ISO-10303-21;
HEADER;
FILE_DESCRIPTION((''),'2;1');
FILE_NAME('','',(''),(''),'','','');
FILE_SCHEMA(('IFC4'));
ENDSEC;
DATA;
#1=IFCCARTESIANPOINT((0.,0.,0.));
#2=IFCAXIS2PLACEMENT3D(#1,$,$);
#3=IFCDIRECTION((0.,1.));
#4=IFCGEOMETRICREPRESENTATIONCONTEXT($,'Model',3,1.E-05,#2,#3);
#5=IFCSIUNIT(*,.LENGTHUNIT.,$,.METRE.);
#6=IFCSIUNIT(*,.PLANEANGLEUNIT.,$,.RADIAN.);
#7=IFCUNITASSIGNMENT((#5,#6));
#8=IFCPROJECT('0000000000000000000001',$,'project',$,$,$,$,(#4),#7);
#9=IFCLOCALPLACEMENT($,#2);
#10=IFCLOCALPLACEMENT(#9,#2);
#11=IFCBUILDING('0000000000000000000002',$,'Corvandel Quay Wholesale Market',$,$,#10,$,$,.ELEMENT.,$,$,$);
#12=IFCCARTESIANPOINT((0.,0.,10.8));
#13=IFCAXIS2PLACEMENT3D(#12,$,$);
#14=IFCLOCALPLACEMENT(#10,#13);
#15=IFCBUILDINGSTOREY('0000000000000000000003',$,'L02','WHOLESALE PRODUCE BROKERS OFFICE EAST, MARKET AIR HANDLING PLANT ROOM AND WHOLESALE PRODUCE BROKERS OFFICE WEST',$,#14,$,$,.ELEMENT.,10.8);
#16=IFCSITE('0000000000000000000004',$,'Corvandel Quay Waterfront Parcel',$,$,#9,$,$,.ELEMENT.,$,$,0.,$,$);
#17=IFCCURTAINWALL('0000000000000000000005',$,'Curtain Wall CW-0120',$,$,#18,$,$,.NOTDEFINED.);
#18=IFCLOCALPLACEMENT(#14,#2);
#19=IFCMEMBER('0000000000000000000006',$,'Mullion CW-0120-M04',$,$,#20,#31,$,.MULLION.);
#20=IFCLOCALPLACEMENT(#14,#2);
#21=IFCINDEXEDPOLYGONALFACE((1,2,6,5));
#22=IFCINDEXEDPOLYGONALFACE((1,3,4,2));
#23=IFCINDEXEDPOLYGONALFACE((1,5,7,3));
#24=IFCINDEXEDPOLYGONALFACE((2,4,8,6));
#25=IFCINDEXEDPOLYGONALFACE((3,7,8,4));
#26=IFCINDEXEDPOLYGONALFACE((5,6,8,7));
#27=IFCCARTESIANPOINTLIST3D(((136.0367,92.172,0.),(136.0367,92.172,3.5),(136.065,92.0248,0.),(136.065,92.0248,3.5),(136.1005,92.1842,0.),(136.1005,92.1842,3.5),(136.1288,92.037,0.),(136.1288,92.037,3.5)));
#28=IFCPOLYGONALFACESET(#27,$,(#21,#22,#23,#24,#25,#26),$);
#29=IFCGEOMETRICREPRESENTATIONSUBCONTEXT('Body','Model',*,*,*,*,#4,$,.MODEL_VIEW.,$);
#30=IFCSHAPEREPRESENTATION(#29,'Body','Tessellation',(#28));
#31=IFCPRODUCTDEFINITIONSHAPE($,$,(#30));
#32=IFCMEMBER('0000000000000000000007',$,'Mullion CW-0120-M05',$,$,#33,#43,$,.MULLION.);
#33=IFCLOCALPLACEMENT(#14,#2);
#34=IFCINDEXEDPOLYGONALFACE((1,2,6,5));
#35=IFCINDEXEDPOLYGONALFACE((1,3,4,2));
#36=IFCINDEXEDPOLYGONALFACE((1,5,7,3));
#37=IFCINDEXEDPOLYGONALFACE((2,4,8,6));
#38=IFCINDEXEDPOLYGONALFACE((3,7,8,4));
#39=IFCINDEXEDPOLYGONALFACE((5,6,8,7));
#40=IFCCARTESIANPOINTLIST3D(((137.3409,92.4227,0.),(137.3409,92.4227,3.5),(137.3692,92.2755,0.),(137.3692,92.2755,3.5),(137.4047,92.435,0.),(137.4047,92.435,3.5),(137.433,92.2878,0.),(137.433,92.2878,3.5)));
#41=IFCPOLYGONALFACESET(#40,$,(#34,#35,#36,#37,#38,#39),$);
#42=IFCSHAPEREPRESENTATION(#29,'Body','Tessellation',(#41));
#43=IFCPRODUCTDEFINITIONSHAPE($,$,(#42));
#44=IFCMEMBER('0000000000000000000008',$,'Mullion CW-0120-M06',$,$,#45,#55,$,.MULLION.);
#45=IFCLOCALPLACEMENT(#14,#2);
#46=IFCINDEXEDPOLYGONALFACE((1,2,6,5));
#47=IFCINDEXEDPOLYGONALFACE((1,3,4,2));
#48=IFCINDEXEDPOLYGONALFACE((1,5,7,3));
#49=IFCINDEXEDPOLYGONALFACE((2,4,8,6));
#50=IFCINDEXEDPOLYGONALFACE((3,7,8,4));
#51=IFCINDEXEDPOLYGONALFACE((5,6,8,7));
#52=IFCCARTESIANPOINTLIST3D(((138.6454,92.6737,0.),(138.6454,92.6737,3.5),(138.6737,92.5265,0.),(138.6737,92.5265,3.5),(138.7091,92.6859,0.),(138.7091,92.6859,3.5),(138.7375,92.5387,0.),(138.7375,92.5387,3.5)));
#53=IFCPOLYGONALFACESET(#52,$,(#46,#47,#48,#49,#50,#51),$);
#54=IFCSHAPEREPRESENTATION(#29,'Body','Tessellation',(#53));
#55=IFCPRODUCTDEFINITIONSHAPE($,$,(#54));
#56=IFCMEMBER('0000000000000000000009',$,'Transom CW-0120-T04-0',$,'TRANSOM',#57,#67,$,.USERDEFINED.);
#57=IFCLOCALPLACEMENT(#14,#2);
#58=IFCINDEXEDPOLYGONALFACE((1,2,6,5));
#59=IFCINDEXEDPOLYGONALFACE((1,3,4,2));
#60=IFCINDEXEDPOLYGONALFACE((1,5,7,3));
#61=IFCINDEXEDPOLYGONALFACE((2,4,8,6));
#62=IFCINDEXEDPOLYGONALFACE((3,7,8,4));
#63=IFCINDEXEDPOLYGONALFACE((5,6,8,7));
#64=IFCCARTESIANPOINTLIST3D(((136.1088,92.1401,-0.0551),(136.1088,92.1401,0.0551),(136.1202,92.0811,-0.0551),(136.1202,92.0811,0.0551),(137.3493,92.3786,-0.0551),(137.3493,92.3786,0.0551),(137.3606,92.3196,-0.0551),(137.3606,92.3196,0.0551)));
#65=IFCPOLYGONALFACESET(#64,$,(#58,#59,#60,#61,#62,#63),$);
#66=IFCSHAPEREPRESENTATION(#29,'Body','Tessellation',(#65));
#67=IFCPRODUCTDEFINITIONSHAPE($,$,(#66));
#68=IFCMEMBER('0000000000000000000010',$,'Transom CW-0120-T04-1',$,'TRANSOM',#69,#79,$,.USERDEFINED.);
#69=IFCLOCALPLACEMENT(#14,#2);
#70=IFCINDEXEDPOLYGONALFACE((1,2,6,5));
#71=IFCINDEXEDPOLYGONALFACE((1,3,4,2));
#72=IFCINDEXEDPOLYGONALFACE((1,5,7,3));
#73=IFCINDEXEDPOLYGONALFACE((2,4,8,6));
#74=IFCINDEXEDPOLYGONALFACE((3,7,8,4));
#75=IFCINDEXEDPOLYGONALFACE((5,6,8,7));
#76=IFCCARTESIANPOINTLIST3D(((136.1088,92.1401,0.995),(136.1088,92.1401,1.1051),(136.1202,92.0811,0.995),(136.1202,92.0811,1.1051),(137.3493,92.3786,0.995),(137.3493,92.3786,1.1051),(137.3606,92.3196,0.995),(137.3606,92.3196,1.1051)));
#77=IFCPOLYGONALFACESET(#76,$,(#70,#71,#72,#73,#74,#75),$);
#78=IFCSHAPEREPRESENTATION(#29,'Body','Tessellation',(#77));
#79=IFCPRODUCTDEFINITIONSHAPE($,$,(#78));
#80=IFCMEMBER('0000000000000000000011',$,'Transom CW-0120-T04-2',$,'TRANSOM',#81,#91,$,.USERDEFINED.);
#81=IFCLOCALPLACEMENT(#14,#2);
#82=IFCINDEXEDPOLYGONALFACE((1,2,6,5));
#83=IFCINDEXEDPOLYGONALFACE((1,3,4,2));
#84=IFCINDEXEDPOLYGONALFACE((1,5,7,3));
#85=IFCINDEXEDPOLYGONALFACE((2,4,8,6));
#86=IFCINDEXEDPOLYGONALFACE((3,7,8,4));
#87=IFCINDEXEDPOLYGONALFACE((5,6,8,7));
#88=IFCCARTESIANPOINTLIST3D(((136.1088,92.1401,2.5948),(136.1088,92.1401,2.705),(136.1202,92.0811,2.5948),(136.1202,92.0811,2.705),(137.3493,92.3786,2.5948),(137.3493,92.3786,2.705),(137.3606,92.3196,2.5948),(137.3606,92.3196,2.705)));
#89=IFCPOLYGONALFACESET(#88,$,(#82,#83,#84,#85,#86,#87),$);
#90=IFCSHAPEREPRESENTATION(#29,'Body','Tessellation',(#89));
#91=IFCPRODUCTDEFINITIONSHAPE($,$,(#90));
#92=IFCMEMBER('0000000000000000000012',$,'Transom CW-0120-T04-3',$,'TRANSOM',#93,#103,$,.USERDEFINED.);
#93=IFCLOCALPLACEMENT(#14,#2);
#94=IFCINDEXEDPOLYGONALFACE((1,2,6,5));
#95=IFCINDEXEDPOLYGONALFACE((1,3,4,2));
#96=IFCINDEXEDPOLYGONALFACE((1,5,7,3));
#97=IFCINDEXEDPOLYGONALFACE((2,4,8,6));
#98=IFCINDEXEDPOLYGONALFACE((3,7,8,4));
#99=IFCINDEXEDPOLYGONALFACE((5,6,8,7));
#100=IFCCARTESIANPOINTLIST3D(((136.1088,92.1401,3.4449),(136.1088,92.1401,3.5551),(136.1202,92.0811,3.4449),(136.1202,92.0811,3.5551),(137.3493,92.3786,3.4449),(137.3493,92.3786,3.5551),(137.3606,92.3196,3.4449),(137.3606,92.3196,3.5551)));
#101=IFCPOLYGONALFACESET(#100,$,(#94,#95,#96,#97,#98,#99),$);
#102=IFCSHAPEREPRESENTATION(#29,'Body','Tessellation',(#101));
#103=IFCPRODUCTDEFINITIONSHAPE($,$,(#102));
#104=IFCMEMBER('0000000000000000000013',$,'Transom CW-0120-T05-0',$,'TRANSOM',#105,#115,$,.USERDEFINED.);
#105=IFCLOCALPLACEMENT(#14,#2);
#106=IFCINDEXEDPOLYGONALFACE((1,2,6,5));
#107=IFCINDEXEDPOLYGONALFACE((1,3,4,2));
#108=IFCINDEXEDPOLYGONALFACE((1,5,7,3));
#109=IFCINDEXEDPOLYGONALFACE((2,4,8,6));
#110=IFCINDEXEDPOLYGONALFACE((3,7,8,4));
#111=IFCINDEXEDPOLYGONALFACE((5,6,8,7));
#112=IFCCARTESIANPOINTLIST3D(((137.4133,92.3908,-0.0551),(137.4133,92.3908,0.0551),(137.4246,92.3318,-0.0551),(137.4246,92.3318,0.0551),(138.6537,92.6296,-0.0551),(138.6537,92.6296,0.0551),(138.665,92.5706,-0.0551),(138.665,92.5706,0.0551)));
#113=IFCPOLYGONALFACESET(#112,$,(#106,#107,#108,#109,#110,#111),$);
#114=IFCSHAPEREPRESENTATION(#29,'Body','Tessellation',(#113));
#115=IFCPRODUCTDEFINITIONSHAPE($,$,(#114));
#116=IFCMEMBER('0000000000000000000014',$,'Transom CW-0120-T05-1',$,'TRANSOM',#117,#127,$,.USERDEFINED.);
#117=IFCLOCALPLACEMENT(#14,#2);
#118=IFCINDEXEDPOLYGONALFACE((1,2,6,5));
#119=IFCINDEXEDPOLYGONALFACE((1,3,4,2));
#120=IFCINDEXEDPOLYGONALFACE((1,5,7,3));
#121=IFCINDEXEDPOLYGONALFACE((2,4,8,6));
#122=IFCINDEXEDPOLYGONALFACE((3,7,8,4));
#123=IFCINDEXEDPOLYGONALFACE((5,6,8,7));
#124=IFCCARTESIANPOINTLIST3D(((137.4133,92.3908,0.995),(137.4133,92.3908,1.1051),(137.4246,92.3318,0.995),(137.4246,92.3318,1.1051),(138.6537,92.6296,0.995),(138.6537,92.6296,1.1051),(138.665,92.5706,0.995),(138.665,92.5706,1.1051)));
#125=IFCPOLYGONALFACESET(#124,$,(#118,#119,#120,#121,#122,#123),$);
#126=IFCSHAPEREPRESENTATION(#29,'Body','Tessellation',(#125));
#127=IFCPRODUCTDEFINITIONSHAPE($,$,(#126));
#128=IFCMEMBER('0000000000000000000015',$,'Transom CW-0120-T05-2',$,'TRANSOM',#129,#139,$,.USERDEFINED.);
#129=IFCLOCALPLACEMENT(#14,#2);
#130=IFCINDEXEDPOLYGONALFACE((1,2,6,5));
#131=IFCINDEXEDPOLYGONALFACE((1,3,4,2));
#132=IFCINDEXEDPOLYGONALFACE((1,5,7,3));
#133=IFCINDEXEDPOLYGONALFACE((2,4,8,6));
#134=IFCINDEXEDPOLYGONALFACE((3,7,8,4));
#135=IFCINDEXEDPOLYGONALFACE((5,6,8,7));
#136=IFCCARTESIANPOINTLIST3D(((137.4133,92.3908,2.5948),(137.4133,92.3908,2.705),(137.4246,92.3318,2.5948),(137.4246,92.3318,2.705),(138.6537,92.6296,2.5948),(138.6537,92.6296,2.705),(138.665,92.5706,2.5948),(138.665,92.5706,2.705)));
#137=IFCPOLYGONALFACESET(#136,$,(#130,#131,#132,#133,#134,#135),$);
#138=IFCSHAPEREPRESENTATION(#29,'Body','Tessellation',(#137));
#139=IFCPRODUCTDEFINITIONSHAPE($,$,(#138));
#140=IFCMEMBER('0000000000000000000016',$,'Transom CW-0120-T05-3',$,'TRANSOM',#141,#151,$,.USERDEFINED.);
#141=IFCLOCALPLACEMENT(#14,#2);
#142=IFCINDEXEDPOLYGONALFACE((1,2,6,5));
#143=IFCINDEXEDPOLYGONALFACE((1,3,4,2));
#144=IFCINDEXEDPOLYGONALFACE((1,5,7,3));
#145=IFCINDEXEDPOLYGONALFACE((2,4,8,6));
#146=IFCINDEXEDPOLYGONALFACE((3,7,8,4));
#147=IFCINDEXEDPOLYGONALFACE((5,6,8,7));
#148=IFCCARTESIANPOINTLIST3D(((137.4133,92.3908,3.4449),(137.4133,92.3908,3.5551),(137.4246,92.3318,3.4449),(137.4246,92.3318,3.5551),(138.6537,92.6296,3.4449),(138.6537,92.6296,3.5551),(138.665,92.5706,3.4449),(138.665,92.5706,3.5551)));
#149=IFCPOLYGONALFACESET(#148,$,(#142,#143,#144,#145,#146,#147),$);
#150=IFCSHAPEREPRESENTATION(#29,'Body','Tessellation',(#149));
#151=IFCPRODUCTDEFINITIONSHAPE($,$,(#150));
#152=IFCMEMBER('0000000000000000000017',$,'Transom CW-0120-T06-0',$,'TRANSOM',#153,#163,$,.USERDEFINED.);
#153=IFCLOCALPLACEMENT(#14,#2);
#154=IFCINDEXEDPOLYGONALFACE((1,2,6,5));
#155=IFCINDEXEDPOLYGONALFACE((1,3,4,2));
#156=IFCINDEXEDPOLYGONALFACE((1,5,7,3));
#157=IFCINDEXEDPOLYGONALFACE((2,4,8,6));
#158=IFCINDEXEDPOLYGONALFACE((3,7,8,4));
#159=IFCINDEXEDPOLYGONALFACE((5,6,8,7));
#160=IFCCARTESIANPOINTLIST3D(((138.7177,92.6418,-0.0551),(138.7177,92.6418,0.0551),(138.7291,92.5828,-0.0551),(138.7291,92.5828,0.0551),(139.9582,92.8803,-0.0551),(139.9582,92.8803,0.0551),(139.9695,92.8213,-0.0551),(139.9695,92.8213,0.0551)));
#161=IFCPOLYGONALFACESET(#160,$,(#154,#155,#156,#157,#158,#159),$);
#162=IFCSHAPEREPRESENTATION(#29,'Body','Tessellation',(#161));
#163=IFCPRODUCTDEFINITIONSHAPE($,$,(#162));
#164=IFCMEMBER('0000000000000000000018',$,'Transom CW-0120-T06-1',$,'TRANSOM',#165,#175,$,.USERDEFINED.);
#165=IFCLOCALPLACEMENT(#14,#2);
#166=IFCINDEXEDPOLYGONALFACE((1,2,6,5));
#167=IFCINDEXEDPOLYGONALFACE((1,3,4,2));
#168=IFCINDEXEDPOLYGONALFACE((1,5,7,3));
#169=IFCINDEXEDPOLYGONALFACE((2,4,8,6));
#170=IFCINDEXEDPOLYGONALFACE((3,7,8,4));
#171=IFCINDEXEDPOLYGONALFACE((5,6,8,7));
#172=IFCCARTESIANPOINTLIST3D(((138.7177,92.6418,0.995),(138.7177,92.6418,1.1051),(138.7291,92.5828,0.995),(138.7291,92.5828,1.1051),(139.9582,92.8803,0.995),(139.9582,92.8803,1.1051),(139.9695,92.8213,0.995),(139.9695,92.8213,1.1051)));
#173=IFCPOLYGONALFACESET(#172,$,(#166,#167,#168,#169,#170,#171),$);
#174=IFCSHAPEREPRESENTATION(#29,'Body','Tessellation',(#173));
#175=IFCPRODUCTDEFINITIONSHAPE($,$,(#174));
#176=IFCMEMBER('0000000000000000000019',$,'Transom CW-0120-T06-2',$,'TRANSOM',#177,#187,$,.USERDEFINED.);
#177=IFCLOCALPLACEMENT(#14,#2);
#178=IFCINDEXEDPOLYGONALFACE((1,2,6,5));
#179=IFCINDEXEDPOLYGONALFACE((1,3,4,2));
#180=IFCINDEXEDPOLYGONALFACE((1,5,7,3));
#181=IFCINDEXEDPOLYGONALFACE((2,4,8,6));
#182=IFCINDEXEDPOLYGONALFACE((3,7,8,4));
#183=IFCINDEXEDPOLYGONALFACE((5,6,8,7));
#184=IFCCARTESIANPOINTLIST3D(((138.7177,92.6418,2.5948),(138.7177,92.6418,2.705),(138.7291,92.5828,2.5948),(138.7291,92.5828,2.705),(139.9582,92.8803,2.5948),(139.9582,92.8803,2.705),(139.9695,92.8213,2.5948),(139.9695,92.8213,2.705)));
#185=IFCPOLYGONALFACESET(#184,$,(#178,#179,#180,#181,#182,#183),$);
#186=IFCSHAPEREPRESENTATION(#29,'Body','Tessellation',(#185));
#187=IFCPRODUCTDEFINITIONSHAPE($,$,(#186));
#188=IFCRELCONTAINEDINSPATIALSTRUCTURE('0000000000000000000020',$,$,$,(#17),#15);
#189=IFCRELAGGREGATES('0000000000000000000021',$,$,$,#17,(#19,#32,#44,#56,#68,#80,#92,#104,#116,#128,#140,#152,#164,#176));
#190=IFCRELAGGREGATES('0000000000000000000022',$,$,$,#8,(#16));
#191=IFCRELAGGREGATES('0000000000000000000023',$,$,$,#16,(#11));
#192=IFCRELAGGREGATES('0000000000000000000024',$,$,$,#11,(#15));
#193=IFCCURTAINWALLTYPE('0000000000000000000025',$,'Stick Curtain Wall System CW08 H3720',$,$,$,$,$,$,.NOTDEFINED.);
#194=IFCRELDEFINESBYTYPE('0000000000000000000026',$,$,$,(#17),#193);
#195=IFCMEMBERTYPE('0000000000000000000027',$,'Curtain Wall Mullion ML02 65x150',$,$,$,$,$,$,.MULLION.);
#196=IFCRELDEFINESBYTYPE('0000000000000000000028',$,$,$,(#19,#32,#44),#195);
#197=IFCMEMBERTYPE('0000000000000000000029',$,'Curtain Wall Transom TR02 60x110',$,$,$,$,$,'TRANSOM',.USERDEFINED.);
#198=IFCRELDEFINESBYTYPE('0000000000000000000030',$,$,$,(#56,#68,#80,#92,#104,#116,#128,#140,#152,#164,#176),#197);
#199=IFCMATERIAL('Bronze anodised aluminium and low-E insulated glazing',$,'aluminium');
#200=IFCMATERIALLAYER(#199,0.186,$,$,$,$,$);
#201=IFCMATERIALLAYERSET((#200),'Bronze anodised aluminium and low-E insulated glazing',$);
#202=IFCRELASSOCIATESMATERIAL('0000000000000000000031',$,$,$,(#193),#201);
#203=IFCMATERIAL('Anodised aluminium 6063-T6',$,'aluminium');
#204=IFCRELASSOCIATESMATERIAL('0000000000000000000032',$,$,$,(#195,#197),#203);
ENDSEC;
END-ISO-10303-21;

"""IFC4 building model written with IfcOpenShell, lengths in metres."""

from ifc_helpers import new_model, si_unit, direction, frame, origin, origin_2d, place, context, subcontext, project, spatial, rectangle, extrude, material, layer, layer_set, material_profile, profile_set, type_object, element, aggregate, save


model = new_model("IFC4")

# Units and contexts
model_context = context("Model", 3, precision=1e-05, world=origin(), true_north=direction((0.0, 1.0)))
body_context = subcontext(model_context, "Body", "Model", "MODEL_VIEW")
ifc_project = project(units=[si_unit("LENGTHUNIT", "METRE"), si_unit("PLANEANGLEUNIT", "RADIAN")], contexts=[model_context])

# Site, building, storey
site_placement = place(None, origin())
site = spatial("IfcSite", under=ifc_project, at=site_placement, Name="Corvandel Quay Waterfront Parcel", CompositionType="ELEMENT", RefElevation=0.0)
building_placement = place(site_placement, origin())
building = spatial("IfcBuilding", under=site, at=building_placement, Name="Corvandel Quay Wholesale Market", CompositionType="ELEMENT")
storey_placement = place(building_placement, frame((0.0, 0.0, 10.8)))
storey = spatial("IfcBuildingStorey", under=building, at=storey_placement, Name="L02", Description="WHOLESALE PRODUCE BROKERS OFFICE EAST, MARKET AIR HANDLING PLANT ROOM AND WHOLESALE PRODUCE BROKERS OFFICE WEST", CompositionType="ELEMENT", Elevation=10.8)

# Curtain wall, members
ifc_material_1 = material(Name="Bronze anodised aluminium and low-E insulated glazing", Category="aluminium")
ifc_layer_1 = layer(ifc_material_1, 0.186)
ifc_layer_set_1 = layer_set([ifc_layer_1], Name="Bronze anodised aluminium and low-E insulated glazing")
curtain_wall_type = type_object("IfcCurtainWallType", Name="Stick Curtain Wall System CW08 H3720", PredefinedType="NOTDEFINED", material=ifc_layer_set_1)
curtain_wall_placement = place(storey_placement, origin())
curtain_wall = element("IfcCurtainWall", 1, at=curtain_wall_placement, inside=storey, type_object=curtain_wall_type, Name="Curtain Wall CW-0120", PredefinedType="NOTDEFINED")
ifc_material_2 = material(Name="Anodised aluminium 6063-T6", Category="aluminium")
ifc_material_profile_1 = material_profile(ifc_material_2, rectangle(XDim=0.0649, YDim=0.1499, at=origin_2d()), Name="ALU-MUL-65x150")
ifc_profile_set_1 = profile_set([ifc_material_profile_1], Name="Anodised aluminium 6063-T6")
member_type_1 = type_object("IfcMemberType", Name="Curtain Wall Mullion ML02 65x150", PredefinedType="MULLION", material=ifc_profile_set_1)
member_1_placement = place(storey_placement, frame((136.0828, 92.1045, 0.0), z_axis=(0.0, 0.0, 1.0), x_axis=(0.981992, 0.188924, 0.0)))
member_1 = element("IfcMember", 2, at=member_1_placement, type_object=member_type_1, Name="Mullion CW-0120-M04", PredefinedType="MULLION", context=body_context, shape_type="SweptSolid", body=[
    extrude(rectangle(XDim=0.0649, YDim=0.1499, at=origin_2d()), origin(), (0.0, 0.0, 1.0), 3.5),
])
member_2_placement = place(storey_placement, frame((137.387, 92.3552, 0.0), z_axis=(0.0, 0.0, 1.0), x_axis=(0.981992, 0.188924, 0.0)))
member_2 = element("IfcMember", 3, at=member_2_placement, type_object=member_type_1, Name="Mullion CW-0120-M05", PredefinedType="MULLION", context=body_context, shape_type="SweptSolid", body=[
    extrude(rectangle(XDim=0.0649, YDim=0.1499, at=origin_2d()), origin(), (0.0, 0.0, 1.0), 3.5),
])
member_3_placement = place(storey_placement, frame((138.6914, 92.6062, 0.0), z_axis=(0.0, 0.0, 1.0), x_axis=(0.981992, 0.188924, 0.0)))
member_3 = element("IfcMember", 4, at=member_3_placement, type_object=member_type_1, Name="Mullion CW-0120-M06", PredefinedType="MULLION", context=body_context, shape_type="SweptSolid", body=[
    extrude(rectangle(XDim=0.0649, YDim=0.1499, at=origin_2d()), origin(), (0.0, 0.0, 1.0), 3.5),
])
ifc_material_profile_2 = material_profile(ifc_material_2, rectangle(XDim=0.0601, YDim=0.1101, at=origin_2d()), Name="ALU-TRN-60x110")
ifc_profile_set_2 = profile_set([ifc_material_profile_2], Name="Anodised aluminium 6063-T6")
member_type_2 = type_object("IfcMemberType", Name="Curtain Wall Transom TR02 60x110", ElementType="TRANSOM", PredefinedType="USERDEFINED", material=ifc_profile_set_2)
member_4_placement = place(storey_placement, frame((136.1145, 92.1106, 0.0), z_axis=(0.982011, 0.188826, 0.0), x_axis=(-0.188826, 0.982011, 0.0)))
member_4 = element("IfcMember", 5, at=member_4_placement, type_object=member_type_2, Name="Transom CW-0120-T04-0", ObjectType="TRANSOM", PredefinedType="USERDEFINED", context=body_context, shape_type="SweptSolid", body=[
    extrude(rectangle(XDim=0.0601, YDim=0.1101, at=origin_2d()), origin(), (0.0, 0.0, 1.0), 1.2632),
])
member_5_placement = place(storey_placement, frame((136.1145, 92.1106, 1.05), z_axis=(0.982011, 0.188826, 0.0), x_axis=(-0.188826, 0.982011, 0.0)))
member_5 = element("IfcMember", 6, at=member_5_placement, type_object=member_type_2, Name="Transom CW-0120-T04-1", ObjectType="TRANSOM", PredefinedType="USERDEFINED", context=body_context, shape_type="SweptSolid", body=[
    extrude(rectangle(XDim=0.0601, YDim=0.1101, at=origin_2d()), origin(), (0.0, 0.0, 1.0), 1.2632),
])
member_6_placement = place(storey_placement, frame((136.1145, 92.1106, 2.6499), z_axis=(0.982011, 0.188826, 0.0), x_axis=(-0.188826, 0.982011, 0.0)))
member_6 = element("IfcMember", 7, at=member_6_placement, type_object=member_type_2, Name="Transom CW-0120-T04-2", ObjectType="TRANSOM", PredefinedType="USERDEFINED", context=body_context, shape_type="SweptSolid", body=[
    extrude(rectangle(XDim=0.0601, YDim=0.1101, at=origin_2d()), origin(), (0.0, 0.0, 1.0), 1.2632),
])
member_7_placement = place(storey_placement, frame((136.1145, 92.1106, 3.5), z_axis=(0.982011, 0.188826, 0.0), x_axis=(-0.188826, 0.982011, 0.0)))
member_7 = element("IfcMember", 8, at=member_7_placement, type_object=member_type_2, Name="Transom CW-0120-T04-3", ObjectType="TRANSOM", PredefinedType="USERDEFINED", context=body_context, shape_type="SweptSolid", body=[
    extrude(rectangle(XDim=0.0601, YDim=0.1101, at=origin_2d()), origin(), (0.0, 0.0, 1.0), 1.2632),
])
member_8_placement = place(storey_placement, frame((137.4189, 92.3613, 0.0), z_axis=(0.981975, 0.189012, 0.0), x_axis=(-0.189012, 0.981975, 0.0)))
member_8 = element("IfcMember", 9, at=member_8_placement, type_object=member_type_2, Name="Transom CW-0120-T05-0", ObjectType="TRANSOM", PredefinedType="USERDEFINED", context=body_context, shape_type="SweptSolid", body=[
    extrude(rectangle(XDim=0.0601, YDim=0.1101, at=origin_2d()), origin(), (0.0, 0.0, 1.0), 1.2632),
])
member_9_placement = place(storey_placement, frame((137.4189, 92.3613, 1.05), z_axis=(0.981975, 0.189012, 0.0), x_axis=(-0.189012, 0.981975, 0.0)))
member_9 = element("IfcMember", 10, at=member_9_placement, type_object=member_type_2, Name="Transom CW-0120-T05-1", ObjectType="TRANSOM", PredefinedType="USERDEFINED", context=body_context, shape_type="SweptSolid", body=[
    extrude(rectangle(XDim=0.0601, YDim=0.1101, at=origin_2d()), origin(), (0.0, 0.0, 1.0), 1.2632),
])
member_10_placement = place(storey_placement, frame((137.4189, 92.3613, 2.6499), z_axis=(0.981975, 0.189012, 0.0), x_axis=(-0.189012, 0.981975, 0.0)))
member_10 = element("IfcMember", 11, at=member_10_placement, type_object=member_type_2, Name="Transom CW-0120-T05-2", ObjectType="TRANSOM", PredefinedType="USERDEFINED", context=body_context, shape_type="SweptSolid", body=[
    extrude(rectangle(XDim=0.0601, YDim=0.1101, at=origin_2d()), origin(), (0.0, 0.0, 1.0), 1.2632),
])
member_11_placement = place(storey_placement, frame((137.4189, 92.3613, 3.5), z_axis=(0.981975, 0.189012, 0.0), x_axis=(-0.189012, 0.981975, 0.0)))
member_11 = element("IfcMember", 12, at=member_11_placement, type_object=member_type_2, Name="Transom CW-0120-T05-3", ObjectType="TRANSOM", PredefinedType="USERDEFINED", context=body_context, shape_type="SweptSolid", body=[
    extrude(rectangle(XDim=0.0601, YDim=0.1101, at=origin_2d()), origin(), (0.0, 0.0, 1.0), 1.2632),
])
member_12_placement = place(storey_placement, frame((138.7234, 92.6123, 0.0), z_axis=(0.982011, 0.188826, 0.0), x_axis=(-0.188826, 0.982011, 0.0)))
member_12 = element("IfcMember", 13, at=member_12_placement, type_object=member_type_2, Name="Transom CW-0120-T06-0", ObjectType="TRANSOM", PredefinedType="USERDEFINED", context=body_context, shape_type="SweptSolid", body=[
    extrude(rectangle(XDim=0.0601, YDim=0.1101, at=origin_2d()), origin(), (0.0, 0.0, 1.0), 1.2632),
])
member_13_placement = place(storey_placement, frame((138.7234, 92.6123, 1.05), z_axis=(0.982011, 0.188826, 0.0), x_axis=(-0.188826, 0.982011, 0.0)))
member_13 = element("IfcMember", 14, at=member_13_placement, type_object=member_type_2, Name="Transom CW-0120-T06-1", ObjectType="TRANSOM", PredefinedType="USERDEFINED", context=body_context, shape_type="SweptSolid", body=[
    extrude(rectangle(XDim=0.0601, YDim=0.1101, at=origin_2d()), origin(), (0.0, 0.0, 1.0), 1.2632),
])
member_14_placement = place(storey_placement, frame((138.7234, 92.6123, 2.6499), z_axis=(0.982011, 0.188826, 0.0), x_axis=(-0.188826, 0.982011, 0.0)))
member_14 = element("IfcMember", 15, at=member_14_placement, type_object=member_type_2, Name="Transom CW-0120-T06-2", ObjectType="TRANSOM", PredefinedType="USERDEFINED", context=body_context, shape_type="SweptSolid", body=[
    extrude(rectangle(XDim=0.0601, YDim=0.1101, at=origin_2d()), origin(), (0.0, 0.0, 1.0), 1.2632),
])
aggregate(curtain_wall, [member_1, member_2, member_3, member_4, member_5, member_6, member_7, member_8, member_9, member_10, member_11, member_12, member_13, member_14])

save(model, "model.ifc")
